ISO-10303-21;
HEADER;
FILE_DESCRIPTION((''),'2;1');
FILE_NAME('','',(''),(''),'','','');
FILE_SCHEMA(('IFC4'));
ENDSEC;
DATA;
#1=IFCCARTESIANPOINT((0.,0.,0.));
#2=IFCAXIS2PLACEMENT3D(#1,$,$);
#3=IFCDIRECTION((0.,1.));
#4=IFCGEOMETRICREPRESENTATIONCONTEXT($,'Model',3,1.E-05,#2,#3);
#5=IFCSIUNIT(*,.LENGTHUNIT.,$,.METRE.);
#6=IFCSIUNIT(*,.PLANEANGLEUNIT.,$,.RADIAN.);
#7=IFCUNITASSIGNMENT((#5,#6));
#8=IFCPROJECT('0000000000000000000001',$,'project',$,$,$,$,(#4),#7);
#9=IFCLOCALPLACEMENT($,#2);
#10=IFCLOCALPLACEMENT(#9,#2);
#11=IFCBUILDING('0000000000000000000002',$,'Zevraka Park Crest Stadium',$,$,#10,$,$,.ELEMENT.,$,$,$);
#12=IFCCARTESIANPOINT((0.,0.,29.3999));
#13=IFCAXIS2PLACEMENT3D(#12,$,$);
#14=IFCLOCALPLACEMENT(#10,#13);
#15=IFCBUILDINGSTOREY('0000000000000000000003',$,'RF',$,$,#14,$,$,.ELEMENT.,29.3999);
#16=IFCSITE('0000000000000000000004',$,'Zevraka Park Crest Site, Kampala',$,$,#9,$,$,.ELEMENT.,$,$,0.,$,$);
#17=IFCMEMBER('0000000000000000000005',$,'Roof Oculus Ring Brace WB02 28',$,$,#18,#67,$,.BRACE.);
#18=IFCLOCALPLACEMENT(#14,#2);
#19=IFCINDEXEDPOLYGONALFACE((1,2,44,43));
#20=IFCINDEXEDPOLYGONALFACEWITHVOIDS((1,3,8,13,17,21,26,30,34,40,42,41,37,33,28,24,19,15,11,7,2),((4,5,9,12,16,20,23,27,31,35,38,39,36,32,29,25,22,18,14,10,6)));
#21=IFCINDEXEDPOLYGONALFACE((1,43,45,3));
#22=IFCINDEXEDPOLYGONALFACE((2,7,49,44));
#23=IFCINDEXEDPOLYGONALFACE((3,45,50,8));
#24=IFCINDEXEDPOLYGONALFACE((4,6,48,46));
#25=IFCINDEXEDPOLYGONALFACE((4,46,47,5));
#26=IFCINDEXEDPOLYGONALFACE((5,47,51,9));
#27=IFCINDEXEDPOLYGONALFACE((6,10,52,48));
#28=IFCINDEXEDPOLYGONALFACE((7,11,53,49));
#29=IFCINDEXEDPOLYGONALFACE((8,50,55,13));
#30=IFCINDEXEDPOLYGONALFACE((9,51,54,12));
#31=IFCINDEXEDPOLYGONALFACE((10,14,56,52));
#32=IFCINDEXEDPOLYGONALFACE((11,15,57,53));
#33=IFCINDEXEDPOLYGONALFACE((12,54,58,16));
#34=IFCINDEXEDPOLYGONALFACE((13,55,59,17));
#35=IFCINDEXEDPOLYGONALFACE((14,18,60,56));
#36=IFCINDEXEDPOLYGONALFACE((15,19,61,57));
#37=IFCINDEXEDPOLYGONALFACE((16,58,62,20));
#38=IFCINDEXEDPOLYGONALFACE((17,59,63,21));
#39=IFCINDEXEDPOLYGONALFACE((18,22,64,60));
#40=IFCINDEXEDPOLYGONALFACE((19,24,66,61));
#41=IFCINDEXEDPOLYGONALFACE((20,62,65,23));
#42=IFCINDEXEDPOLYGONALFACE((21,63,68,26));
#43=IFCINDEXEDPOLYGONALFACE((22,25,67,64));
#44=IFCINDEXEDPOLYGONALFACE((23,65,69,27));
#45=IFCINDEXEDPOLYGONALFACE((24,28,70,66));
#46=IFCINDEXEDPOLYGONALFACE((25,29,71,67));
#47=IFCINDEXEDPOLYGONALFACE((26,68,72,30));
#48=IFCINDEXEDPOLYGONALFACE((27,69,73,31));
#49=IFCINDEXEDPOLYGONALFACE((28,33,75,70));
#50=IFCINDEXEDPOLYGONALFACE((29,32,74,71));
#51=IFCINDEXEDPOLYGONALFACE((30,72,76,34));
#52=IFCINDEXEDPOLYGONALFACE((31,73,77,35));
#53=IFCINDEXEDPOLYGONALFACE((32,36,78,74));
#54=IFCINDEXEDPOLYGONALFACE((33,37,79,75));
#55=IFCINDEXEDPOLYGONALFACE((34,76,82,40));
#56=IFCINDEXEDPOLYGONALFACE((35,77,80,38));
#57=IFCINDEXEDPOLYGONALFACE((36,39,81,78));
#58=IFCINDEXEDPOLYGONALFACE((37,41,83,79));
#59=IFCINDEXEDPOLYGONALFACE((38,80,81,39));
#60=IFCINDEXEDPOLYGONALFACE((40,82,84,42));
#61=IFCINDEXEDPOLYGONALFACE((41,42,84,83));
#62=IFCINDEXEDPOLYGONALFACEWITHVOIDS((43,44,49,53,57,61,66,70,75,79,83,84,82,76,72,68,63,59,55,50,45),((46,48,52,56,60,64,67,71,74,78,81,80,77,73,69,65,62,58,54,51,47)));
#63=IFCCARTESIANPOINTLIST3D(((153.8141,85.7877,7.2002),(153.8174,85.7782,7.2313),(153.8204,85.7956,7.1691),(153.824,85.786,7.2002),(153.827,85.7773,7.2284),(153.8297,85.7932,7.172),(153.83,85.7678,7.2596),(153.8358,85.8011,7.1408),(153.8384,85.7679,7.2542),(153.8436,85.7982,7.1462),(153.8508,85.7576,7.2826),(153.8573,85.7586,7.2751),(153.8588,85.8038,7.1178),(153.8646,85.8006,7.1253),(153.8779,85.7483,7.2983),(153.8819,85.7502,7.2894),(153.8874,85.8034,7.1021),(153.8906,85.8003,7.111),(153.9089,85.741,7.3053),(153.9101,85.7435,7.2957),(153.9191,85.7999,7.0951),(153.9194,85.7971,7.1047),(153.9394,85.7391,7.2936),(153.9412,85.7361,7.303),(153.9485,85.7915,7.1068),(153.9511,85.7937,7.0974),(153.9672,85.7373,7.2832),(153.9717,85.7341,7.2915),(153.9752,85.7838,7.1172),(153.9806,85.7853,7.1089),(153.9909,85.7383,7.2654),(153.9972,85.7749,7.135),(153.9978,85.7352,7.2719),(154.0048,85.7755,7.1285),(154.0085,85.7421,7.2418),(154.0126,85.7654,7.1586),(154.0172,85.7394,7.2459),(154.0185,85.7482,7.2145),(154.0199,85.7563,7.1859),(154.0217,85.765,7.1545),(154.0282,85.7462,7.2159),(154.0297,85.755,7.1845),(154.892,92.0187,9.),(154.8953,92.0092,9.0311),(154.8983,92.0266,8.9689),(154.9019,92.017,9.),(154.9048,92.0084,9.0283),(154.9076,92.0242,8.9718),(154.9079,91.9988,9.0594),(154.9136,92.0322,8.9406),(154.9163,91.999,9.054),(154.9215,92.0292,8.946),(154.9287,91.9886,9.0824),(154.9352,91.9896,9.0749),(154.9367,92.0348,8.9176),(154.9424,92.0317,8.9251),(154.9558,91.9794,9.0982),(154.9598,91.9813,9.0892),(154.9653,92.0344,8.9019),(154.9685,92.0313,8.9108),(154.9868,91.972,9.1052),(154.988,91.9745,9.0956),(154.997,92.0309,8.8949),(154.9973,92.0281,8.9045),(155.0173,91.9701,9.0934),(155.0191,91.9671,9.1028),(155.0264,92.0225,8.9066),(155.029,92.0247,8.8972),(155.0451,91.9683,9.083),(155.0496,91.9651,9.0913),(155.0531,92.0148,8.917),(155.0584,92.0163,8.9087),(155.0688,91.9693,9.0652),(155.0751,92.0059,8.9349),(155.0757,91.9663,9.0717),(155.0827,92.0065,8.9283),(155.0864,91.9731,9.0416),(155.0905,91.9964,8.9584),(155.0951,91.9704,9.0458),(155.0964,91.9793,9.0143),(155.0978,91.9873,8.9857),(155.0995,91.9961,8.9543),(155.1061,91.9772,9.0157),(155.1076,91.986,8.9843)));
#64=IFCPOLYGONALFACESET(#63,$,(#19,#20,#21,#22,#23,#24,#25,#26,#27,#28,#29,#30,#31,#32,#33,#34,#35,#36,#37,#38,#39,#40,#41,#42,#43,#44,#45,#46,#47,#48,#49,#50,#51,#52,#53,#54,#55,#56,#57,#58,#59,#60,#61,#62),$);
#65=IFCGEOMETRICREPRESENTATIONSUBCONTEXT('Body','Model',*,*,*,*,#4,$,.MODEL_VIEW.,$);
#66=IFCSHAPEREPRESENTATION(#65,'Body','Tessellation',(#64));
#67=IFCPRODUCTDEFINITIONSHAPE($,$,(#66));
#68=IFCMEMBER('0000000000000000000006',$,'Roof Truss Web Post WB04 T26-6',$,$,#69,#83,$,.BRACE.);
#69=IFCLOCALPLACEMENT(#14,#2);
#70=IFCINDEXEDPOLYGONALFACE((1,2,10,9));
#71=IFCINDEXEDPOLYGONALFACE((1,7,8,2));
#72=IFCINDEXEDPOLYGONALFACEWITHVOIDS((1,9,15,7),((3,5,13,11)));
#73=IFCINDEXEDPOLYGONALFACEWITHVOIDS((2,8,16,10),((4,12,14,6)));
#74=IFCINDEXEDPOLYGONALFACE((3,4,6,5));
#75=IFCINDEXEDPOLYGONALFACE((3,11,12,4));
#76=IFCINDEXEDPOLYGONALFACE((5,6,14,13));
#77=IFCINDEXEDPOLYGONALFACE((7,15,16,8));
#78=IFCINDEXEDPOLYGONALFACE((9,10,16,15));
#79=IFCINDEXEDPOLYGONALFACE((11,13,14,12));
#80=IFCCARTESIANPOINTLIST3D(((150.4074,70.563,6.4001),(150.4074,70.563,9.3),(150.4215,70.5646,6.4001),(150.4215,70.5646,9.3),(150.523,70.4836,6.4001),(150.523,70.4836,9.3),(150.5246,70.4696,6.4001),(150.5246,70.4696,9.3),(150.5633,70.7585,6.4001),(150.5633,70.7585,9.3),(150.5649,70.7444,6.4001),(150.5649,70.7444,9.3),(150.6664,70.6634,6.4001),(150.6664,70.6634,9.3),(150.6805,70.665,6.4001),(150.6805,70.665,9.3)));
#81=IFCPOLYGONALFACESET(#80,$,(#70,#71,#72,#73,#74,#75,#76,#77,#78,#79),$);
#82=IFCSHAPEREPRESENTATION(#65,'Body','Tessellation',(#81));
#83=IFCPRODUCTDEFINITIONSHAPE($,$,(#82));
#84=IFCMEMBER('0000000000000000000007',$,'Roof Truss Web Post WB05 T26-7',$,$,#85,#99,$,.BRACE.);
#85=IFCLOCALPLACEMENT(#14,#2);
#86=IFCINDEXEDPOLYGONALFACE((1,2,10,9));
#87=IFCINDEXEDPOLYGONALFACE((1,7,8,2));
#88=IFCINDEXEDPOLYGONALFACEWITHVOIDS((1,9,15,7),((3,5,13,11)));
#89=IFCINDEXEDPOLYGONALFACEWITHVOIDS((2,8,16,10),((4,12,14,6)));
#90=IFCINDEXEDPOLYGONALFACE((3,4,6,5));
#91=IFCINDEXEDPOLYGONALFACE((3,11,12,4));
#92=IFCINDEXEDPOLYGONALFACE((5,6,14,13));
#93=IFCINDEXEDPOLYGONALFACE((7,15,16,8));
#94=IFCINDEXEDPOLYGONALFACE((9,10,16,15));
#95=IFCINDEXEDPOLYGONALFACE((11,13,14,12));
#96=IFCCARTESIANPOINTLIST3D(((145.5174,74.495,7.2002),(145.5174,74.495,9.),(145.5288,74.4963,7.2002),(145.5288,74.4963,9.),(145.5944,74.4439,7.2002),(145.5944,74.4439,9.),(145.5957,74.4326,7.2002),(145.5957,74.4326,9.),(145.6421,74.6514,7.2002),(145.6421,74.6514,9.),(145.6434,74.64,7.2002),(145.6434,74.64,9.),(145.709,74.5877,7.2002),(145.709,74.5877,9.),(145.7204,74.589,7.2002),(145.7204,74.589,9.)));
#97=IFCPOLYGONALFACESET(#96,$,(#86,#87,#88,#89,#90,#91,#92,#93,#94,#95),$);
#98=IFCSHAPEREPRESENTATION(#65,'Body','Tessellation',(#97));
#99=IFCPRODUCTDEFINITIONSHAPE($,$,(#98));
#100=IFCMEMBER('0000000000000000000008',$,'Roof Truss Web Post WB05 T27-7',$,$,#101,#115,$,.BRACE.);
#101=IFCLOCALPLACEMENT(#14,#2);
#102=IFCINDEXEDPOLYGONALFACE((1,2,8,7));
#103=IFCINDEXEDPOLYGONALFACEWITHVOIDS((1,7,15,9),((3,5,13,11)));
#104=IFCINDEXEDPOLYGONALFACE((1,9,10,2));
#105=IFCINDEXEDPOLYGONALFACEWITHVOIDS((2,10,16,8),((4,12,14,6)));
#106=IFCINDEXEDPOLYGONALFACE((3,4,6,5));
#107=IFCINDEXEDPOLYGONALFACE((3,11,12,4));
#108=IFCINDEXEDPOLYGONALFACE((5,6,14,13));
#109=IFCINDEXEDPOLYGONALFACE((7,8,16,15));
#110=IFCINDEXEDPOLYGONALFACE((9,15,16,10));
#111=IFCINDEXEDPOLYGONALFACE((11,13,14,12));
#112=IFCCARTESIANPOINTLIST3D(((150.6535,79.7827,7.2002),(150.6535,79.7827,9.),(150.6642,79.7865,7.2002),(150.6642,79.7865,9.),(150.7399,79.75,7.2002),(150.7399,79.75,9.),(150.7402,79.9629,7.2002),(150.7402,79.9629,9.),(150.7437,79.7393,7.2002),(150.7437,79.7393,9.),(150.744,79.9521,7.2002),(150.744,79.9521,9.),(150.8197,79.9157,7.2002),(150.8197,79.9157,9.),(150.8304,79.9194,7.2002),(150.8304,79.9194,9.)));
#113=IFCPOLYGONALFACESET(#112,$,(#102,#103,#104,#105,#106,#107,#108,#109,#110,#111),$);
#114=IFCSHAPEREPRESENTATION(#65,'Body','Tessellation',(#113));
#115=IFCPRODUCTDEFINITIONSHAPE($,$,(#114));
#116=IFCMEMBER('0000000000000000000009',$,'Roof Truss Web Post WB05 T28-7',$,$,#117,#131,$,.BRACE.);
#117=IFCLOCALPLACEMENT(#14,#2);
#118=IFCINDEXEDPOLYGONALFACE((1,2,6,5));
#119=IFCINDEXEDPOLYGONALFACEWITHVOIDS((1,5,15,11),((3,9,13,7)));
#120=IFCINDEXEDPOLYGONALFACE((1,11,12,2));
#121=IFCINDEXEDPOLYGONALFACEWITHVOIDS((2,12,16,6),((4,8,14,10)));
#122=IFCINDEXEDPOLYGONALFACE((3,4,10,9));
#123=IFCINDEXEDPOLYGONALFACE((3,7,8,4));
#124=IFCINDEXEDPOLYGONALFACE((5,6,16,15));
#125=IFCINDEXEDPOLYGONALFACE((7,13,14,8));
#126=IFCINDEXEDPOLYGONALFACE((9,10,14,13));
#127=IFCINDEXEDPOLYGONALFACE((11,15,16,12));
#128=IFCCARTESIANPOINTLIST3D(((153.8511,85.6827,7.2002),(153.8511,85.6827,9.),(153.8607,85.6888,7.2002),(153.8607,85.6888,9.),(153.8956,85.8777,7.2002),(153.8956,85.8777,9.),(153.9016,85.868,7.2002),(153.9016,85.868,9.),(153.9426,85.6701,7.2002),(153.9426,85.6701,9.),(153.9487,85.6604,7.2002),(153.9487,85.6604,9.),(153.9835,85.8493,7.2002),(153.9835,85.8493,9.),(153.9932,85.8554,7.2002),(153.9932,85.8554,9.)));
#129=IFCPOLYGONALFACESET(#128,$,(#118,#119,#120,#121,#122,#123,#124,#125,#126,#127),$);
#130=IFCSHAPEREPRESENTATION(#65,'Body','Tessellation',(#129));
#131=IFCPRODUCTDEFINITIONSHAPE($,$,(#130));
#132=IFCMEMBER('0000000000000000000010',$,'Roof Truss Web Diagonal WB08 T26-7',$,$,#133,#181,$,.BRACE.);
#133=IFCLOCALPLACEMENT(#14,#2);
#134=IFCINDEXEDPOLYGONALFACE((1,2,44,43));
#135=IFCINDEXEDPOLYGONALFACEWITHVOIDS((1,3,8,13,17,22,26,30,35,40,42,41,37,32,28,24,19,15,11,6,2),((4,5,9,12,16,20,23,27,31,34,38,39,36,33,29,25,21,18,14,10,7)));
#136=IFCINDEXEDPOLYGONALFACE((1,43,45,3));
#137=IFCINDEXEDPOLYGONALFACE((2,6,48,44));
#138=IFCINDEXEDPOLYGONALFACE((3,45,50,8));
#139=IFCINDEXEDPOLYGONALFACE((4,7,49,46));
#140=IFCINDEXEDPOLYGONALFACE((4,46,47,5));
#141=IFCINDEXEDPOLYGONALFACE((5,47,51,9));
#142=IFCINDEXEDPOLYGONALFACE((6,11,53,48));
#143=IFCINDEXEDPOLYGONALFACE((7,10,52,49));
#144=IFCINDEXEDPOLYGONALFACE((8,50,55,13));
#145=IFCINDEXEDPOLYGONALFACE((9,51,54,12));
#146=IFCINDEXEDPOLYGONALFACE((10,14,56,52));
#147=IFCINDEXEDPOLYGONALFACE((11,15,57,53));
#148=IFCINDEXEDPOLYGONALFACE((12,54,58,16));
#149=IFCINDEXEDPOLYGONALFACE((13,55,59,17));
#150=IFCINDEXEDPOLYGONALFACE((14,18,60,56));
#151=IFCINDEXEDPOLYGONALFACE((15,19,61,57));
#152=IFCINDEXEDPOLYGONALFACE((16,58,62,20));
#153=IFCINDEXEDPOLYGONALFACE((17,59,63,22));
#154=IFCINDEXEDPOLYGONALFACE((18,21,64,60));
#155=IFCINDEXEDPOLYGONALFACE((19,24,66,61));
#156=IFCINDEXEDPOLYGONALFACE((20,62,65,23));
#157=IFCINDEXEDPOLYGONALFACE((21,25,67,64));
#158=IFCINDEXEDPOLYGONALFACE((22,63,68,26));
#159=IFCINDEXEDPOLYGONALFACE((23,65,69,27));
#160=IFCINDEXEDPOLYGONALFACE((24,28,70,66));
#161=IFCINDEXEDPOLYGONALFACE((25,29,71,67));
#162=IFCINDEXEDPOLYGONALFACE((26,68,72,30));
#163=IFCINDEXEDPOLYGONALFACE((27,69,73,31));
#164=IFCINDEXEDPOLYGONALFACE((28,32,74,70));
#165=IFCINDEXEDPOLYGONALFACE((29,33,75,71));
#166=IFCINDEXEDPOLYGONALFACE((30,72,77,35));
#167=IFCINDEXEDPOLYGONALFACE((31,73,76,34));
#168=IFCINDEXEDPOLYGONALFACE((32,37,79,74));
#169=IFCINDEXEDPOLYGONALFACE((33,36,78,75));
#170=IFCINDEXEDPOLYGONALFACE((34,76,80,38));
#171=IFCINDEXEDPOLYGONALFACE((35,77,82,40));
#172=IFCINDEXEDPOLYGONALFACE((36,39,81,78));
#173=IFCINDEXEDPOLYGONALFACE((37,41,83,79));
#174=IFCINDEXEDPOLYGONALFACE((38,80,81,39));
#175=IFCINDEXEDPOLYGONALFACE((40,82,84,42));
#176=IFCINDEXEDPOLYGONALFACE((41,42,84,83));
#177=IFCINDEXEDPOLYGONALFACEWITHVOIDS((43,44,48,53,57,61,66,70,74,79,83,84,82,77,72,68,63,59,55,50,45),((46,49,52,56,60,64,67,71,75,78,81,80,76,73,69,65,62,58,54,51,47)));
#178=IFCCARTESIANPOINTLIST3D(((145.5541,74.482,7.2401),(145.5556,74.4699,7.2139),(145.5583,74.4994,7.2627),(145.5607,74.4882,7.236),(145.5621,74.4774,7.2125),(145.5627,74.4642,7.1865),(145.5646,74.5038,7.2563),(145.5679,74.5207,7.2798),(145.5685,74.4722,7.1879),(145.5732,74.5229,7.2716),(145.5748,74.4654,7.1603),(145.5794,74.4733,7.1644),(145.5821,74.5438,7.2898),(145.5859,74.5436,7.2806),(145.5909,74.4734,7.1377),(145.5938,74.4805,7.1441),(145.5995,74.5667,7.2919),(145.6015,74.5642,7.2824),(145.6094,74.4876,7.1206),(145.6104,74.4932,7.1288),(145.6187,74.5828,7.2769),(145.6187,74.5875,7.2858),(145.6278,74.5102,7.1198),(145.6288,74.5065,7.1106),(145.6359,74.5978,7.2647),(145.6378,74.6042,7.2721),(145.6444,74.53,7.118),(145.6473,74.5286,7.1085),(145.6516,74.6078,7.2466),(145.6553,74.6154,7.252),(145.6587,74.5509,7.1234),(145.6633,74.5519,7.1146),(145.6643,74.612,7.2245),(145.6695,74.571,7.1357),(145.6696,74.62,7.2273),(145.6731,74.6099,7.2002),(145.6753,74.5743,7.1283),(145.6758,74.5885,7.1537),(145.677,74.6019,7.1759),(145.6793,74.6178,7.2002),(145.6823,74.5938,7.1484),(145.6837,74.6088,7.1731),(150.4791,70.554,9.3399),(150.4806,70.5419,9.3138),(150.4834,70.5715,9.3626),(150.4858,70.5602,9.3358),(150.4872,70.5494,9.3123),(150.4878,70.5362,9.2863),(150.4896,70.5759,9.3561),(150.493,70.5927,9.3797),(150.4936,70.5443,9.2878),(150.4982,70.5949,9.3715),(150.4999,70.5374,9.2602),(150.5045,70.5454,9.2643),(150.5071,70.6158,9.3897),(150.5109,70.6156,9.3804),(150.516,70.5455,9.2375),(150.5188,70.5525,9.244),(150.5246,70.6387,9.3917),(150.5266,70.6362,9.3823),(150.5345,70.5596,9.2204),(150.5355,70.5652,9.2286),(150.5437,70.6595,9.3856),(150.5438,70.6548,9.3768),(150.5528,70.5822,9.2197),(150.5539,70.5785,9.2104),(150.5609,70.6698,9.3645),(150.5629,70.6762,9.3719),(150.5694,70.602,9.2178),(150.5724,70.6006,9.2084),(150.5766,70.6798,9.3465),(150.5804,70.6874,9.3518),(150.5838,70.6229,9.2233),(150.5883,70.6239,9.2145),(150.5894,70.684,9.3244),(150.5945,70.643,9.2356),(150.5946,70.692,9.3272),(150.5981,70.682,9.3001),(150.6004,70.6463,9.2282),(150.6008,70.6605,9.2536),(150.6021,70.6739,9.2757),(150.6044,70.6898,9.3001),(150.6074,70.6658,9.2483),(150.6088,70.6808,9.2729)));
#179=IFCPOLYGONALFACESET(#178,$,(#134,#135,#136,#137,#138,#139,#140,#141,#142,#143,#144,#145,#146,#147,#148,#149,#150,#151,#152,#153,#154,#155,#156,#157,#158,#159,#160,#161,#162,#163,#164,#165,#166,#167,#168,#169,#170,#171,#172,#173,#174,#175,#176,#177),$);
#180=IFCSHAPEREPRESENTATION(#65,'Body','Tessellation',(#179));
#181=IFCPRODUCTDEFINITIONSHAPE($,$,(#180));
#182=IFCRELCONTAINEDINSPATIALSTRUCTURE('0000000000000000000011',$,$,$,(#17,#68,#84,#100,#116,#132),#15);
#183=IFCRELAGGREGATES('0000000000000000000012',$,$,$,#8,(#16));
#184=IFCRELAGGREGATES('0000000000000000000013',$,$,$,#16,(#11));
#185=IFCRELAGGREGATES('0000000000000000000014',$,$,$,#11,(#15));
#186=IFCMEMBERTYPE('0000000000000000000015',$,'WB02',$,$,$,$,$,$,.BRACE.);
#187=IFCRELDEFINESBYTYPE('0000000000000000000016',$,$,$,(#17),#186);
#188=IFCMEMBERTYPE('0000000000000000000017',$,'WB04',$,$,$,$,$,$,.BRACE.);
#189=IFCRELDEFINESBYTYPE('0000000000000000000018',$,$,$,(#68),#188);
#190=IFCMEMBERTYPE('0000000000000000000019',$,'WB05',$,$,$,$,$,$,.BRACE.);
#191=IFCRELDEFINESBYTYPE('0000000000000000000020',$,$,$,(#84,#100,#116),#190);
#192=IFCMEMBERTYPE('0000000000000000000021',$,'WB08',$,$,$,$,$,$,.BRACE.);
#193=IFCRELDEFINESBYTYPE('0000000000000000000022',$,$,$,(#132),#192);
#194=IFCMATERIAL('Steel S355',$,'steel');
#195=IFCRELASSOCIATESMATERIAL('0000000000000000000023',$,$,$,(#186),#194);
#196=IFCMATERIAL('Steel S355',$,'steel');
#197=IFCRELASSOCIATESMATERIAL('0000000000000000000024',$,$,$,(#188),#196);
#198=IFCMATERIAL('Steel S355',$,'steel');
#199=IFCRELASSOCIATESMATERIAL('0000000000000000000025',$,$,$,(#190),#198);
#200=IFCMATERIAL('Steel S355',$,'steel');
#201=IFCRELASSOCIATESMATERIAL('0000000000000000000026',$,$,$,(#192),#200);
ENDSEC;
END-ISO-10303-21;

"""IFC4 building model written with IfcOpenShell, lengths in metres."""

from ifc_helpers import new_model, si_unit, direction, frame, origin, origin_2d, place, context, subcontext, project, spatial, hollow_rectangle, hollow_circle, extrude, material, material_profile, profile_set, type_object, element, save


model = new_model("IFC4")

# Units and contexts
model_context = context("Model", 3, precision=1e-05, world=origin(), true_north=direction((0.0, 1.0)))
body_context = subcontext(model_context, "Body", "Model", "MODEL_VIEW")
ifc_project = project(units=[si_unit("LENGTHUNIT", "METRE"), si_unit("PLANEANGLEUNIT", "RADIAN")], contexts=[model_context])

# Site, building, storey
site_placement = place(None, origin())
site = spatial("IfcSite", under=ifc_project, at=site_placement, Name="Zevraka Park Crest Site, Kampala", CompositionType="ELEMENT", RefElevation=0.0)
building_placement = place(site_placement, origin())
building = spatial("IfcBuilding", under=site, at=building_placement, Name="Zevraka Park Crest Stadium", CompositionType="ELEMENT")
storey_placement = place(building_placement, frame((0.0, 0.0, 29.3999)))
storey = spatial("IfcBuildingStorey", under=building, at=storey_placement, Name="RF", CompositionType="ELEMENT", Elevation=29.3999)

# Members
ifc_material_1 = material(Name="Steel S355", Category="steel")
ifc_material_profile_1 = material_profile(ifc_material_1, hollow_circle(Radius=0.1096, WallThickness=0.01, at=origin_2d()), Name="CHS 219.1x10")
ifc_profile_set_1 = profile_set([ifc_material_profile_1], Name="Steel S355")
member_type_1 = type_object("IfcMemberType", Name="WB02", PredefinedType="BRACE", material=ifc_profile_set_1)
member_1_placement = place(storey_placement, frame((153.9221, 85.769, 7.2002), z_axis=(0.163945, 0.947725, 0.273749), x_axis=(-0.985365, 0.170456, 0.0)))
element("IfcMember", 1, at=member_1_placement, inside=storey, type_object=member_type_1, Name="Roof Oculus Ring Brace WB02 28", PredefinedType="BRACE", context=body_context, shape_type="SweptSolid", body=[
    extrude(hollow_circle(Radius=0.1096, WallThickness=0.01, at=origin_2d()), origin(), (0.0, 0.0, 1.0), 6.5747),
])
ifc_material_2 = material(Name="Steel S355", Category="steel")
ifc_material_profile_2 = material_profile(ifc_material_2, hollow_rectangle(XDim=0.1499, YDim=0.25, WallThickness=0.01, at=origin_2d()), Name="RHS 250x150x10")
ifc_profile_set_2 = profile_set([ifc_material_profile_2], Name="Steel S355")
member_type_2 = type_object("IfcMemberType", Name="WB04", PredefinedType="BRACE", material=ifc_profile_set_2)
member_2_placement = place(storey_placement, frame((150.5439, 70.614, 6.4001), z_axis=(0.0, 0.0, 1.0), x_axis=(-0.781847, 0.62347, 0.0)))
element("IfcMember", 2, at=member_2_placement, inside=storey, type_object=member_type_2, Name="Roof Truss Web Post WB04 T26-6", PredefinedType="BRACE", context=body_context, shape_type="SweptSolid", body=[
    extrude(hollow_rectangle(XDim=0.1499, YDim=0.25, WallThickness=0.01, at=origin_2d()), origin(), (0.0, 0.0, 1.0), 2.8999),
])
ifc_material_3 = material(Name="Steel S355", Category="steel")
ifc_material_profile_3 = material_profile(ifc_material_3, hollow_rectangle(XDim=0.1001, YDim=0.2, WallThickness=0.0081, at=origin_2d()), Name="RHS 200x100x8")
ifc_profile_set_3 = profile_set([ifc_material_profile_3], Name="Steel S355")
member_type_3 = type_object("IfcMemberType", Name="WB05", PredefinedType="BRACE", material=ifc_profile_set_3)
for number, where, z_axis, x_axis, name in (
    (3, (145.6189, 74.542, 7.2002), (0.0, 0.0, 1.0), (-0.781847, 0.62347, 0.0), "Roof Truss Web Post WB05 T26-7"),
    (4, (150.7419, 79.8511, 7.2002), (0.0, 0.0, 1.0), (-0.901001, 0.433816, 0.0), "Roof Truss Web Post WB05 T27-7"),
    (5, (153.9221, 85.769, 7.2002), (0.0, 0.0, 1.0), (-0.974917, 0.22257, 0.0), "Roof Truss Web Post WB05 T28-7"),
):
    element("IfcMember", number, at=place(storey_placement, frame(where, z_axis=z_axis, x_axis=x_axis)), inside=storey, type_object=member_type_3, Name=name, PredefinedType="BRACE", context=body_context, shape_type="SweptSolid", body=[
        extrude(hollow_rectangle(XDim=0.1001, YDim=0.2, WallThickness=0.0081, at=origin_2d()), origin(), (0.0, 0.0, 1.0), 1.7998),
    ])
ifc_material_4 = material(Name="Steel S355", Category="steel")
ifc_material_profile_4 = material_profile(ifc_material_4, hollow_circle(Radius=0.0969, WallThickness=0.01, at=origin_2d()), Name="CHS 193.7x10")
ifc_profile_set_4 = profile_set([ifc_material_profile_4], Name="Steel S355")
member_type_4 = type_object("IfcMemberType", Name="WB08", PredefinedType="BRACE", material=ifc_profile_set_4)
member_3_placement = place(storey_placement, frame((145.6189, 74.542, 7.2002), z_axis=(0.741683, -0.59153, 0.316225), x_axis=(0.623527, 0.781802, 0.0)))
element("IfcMember", 6, at=member_3_placement, inside=storey, type_object=member_type_4, Name="Roof Truss Web Diagonal WB08 T26-7", PredefinedType="BRACE", context=body_context, shape_type="SweptSolid", body=[
    extrude(hollow_circle(Radius=0.0969, WallThickness=0.01, at=origin_2d()), origin(), (0.0, 0.0, 1.0), 6.6404),
])

save(model, "model.ifc")
